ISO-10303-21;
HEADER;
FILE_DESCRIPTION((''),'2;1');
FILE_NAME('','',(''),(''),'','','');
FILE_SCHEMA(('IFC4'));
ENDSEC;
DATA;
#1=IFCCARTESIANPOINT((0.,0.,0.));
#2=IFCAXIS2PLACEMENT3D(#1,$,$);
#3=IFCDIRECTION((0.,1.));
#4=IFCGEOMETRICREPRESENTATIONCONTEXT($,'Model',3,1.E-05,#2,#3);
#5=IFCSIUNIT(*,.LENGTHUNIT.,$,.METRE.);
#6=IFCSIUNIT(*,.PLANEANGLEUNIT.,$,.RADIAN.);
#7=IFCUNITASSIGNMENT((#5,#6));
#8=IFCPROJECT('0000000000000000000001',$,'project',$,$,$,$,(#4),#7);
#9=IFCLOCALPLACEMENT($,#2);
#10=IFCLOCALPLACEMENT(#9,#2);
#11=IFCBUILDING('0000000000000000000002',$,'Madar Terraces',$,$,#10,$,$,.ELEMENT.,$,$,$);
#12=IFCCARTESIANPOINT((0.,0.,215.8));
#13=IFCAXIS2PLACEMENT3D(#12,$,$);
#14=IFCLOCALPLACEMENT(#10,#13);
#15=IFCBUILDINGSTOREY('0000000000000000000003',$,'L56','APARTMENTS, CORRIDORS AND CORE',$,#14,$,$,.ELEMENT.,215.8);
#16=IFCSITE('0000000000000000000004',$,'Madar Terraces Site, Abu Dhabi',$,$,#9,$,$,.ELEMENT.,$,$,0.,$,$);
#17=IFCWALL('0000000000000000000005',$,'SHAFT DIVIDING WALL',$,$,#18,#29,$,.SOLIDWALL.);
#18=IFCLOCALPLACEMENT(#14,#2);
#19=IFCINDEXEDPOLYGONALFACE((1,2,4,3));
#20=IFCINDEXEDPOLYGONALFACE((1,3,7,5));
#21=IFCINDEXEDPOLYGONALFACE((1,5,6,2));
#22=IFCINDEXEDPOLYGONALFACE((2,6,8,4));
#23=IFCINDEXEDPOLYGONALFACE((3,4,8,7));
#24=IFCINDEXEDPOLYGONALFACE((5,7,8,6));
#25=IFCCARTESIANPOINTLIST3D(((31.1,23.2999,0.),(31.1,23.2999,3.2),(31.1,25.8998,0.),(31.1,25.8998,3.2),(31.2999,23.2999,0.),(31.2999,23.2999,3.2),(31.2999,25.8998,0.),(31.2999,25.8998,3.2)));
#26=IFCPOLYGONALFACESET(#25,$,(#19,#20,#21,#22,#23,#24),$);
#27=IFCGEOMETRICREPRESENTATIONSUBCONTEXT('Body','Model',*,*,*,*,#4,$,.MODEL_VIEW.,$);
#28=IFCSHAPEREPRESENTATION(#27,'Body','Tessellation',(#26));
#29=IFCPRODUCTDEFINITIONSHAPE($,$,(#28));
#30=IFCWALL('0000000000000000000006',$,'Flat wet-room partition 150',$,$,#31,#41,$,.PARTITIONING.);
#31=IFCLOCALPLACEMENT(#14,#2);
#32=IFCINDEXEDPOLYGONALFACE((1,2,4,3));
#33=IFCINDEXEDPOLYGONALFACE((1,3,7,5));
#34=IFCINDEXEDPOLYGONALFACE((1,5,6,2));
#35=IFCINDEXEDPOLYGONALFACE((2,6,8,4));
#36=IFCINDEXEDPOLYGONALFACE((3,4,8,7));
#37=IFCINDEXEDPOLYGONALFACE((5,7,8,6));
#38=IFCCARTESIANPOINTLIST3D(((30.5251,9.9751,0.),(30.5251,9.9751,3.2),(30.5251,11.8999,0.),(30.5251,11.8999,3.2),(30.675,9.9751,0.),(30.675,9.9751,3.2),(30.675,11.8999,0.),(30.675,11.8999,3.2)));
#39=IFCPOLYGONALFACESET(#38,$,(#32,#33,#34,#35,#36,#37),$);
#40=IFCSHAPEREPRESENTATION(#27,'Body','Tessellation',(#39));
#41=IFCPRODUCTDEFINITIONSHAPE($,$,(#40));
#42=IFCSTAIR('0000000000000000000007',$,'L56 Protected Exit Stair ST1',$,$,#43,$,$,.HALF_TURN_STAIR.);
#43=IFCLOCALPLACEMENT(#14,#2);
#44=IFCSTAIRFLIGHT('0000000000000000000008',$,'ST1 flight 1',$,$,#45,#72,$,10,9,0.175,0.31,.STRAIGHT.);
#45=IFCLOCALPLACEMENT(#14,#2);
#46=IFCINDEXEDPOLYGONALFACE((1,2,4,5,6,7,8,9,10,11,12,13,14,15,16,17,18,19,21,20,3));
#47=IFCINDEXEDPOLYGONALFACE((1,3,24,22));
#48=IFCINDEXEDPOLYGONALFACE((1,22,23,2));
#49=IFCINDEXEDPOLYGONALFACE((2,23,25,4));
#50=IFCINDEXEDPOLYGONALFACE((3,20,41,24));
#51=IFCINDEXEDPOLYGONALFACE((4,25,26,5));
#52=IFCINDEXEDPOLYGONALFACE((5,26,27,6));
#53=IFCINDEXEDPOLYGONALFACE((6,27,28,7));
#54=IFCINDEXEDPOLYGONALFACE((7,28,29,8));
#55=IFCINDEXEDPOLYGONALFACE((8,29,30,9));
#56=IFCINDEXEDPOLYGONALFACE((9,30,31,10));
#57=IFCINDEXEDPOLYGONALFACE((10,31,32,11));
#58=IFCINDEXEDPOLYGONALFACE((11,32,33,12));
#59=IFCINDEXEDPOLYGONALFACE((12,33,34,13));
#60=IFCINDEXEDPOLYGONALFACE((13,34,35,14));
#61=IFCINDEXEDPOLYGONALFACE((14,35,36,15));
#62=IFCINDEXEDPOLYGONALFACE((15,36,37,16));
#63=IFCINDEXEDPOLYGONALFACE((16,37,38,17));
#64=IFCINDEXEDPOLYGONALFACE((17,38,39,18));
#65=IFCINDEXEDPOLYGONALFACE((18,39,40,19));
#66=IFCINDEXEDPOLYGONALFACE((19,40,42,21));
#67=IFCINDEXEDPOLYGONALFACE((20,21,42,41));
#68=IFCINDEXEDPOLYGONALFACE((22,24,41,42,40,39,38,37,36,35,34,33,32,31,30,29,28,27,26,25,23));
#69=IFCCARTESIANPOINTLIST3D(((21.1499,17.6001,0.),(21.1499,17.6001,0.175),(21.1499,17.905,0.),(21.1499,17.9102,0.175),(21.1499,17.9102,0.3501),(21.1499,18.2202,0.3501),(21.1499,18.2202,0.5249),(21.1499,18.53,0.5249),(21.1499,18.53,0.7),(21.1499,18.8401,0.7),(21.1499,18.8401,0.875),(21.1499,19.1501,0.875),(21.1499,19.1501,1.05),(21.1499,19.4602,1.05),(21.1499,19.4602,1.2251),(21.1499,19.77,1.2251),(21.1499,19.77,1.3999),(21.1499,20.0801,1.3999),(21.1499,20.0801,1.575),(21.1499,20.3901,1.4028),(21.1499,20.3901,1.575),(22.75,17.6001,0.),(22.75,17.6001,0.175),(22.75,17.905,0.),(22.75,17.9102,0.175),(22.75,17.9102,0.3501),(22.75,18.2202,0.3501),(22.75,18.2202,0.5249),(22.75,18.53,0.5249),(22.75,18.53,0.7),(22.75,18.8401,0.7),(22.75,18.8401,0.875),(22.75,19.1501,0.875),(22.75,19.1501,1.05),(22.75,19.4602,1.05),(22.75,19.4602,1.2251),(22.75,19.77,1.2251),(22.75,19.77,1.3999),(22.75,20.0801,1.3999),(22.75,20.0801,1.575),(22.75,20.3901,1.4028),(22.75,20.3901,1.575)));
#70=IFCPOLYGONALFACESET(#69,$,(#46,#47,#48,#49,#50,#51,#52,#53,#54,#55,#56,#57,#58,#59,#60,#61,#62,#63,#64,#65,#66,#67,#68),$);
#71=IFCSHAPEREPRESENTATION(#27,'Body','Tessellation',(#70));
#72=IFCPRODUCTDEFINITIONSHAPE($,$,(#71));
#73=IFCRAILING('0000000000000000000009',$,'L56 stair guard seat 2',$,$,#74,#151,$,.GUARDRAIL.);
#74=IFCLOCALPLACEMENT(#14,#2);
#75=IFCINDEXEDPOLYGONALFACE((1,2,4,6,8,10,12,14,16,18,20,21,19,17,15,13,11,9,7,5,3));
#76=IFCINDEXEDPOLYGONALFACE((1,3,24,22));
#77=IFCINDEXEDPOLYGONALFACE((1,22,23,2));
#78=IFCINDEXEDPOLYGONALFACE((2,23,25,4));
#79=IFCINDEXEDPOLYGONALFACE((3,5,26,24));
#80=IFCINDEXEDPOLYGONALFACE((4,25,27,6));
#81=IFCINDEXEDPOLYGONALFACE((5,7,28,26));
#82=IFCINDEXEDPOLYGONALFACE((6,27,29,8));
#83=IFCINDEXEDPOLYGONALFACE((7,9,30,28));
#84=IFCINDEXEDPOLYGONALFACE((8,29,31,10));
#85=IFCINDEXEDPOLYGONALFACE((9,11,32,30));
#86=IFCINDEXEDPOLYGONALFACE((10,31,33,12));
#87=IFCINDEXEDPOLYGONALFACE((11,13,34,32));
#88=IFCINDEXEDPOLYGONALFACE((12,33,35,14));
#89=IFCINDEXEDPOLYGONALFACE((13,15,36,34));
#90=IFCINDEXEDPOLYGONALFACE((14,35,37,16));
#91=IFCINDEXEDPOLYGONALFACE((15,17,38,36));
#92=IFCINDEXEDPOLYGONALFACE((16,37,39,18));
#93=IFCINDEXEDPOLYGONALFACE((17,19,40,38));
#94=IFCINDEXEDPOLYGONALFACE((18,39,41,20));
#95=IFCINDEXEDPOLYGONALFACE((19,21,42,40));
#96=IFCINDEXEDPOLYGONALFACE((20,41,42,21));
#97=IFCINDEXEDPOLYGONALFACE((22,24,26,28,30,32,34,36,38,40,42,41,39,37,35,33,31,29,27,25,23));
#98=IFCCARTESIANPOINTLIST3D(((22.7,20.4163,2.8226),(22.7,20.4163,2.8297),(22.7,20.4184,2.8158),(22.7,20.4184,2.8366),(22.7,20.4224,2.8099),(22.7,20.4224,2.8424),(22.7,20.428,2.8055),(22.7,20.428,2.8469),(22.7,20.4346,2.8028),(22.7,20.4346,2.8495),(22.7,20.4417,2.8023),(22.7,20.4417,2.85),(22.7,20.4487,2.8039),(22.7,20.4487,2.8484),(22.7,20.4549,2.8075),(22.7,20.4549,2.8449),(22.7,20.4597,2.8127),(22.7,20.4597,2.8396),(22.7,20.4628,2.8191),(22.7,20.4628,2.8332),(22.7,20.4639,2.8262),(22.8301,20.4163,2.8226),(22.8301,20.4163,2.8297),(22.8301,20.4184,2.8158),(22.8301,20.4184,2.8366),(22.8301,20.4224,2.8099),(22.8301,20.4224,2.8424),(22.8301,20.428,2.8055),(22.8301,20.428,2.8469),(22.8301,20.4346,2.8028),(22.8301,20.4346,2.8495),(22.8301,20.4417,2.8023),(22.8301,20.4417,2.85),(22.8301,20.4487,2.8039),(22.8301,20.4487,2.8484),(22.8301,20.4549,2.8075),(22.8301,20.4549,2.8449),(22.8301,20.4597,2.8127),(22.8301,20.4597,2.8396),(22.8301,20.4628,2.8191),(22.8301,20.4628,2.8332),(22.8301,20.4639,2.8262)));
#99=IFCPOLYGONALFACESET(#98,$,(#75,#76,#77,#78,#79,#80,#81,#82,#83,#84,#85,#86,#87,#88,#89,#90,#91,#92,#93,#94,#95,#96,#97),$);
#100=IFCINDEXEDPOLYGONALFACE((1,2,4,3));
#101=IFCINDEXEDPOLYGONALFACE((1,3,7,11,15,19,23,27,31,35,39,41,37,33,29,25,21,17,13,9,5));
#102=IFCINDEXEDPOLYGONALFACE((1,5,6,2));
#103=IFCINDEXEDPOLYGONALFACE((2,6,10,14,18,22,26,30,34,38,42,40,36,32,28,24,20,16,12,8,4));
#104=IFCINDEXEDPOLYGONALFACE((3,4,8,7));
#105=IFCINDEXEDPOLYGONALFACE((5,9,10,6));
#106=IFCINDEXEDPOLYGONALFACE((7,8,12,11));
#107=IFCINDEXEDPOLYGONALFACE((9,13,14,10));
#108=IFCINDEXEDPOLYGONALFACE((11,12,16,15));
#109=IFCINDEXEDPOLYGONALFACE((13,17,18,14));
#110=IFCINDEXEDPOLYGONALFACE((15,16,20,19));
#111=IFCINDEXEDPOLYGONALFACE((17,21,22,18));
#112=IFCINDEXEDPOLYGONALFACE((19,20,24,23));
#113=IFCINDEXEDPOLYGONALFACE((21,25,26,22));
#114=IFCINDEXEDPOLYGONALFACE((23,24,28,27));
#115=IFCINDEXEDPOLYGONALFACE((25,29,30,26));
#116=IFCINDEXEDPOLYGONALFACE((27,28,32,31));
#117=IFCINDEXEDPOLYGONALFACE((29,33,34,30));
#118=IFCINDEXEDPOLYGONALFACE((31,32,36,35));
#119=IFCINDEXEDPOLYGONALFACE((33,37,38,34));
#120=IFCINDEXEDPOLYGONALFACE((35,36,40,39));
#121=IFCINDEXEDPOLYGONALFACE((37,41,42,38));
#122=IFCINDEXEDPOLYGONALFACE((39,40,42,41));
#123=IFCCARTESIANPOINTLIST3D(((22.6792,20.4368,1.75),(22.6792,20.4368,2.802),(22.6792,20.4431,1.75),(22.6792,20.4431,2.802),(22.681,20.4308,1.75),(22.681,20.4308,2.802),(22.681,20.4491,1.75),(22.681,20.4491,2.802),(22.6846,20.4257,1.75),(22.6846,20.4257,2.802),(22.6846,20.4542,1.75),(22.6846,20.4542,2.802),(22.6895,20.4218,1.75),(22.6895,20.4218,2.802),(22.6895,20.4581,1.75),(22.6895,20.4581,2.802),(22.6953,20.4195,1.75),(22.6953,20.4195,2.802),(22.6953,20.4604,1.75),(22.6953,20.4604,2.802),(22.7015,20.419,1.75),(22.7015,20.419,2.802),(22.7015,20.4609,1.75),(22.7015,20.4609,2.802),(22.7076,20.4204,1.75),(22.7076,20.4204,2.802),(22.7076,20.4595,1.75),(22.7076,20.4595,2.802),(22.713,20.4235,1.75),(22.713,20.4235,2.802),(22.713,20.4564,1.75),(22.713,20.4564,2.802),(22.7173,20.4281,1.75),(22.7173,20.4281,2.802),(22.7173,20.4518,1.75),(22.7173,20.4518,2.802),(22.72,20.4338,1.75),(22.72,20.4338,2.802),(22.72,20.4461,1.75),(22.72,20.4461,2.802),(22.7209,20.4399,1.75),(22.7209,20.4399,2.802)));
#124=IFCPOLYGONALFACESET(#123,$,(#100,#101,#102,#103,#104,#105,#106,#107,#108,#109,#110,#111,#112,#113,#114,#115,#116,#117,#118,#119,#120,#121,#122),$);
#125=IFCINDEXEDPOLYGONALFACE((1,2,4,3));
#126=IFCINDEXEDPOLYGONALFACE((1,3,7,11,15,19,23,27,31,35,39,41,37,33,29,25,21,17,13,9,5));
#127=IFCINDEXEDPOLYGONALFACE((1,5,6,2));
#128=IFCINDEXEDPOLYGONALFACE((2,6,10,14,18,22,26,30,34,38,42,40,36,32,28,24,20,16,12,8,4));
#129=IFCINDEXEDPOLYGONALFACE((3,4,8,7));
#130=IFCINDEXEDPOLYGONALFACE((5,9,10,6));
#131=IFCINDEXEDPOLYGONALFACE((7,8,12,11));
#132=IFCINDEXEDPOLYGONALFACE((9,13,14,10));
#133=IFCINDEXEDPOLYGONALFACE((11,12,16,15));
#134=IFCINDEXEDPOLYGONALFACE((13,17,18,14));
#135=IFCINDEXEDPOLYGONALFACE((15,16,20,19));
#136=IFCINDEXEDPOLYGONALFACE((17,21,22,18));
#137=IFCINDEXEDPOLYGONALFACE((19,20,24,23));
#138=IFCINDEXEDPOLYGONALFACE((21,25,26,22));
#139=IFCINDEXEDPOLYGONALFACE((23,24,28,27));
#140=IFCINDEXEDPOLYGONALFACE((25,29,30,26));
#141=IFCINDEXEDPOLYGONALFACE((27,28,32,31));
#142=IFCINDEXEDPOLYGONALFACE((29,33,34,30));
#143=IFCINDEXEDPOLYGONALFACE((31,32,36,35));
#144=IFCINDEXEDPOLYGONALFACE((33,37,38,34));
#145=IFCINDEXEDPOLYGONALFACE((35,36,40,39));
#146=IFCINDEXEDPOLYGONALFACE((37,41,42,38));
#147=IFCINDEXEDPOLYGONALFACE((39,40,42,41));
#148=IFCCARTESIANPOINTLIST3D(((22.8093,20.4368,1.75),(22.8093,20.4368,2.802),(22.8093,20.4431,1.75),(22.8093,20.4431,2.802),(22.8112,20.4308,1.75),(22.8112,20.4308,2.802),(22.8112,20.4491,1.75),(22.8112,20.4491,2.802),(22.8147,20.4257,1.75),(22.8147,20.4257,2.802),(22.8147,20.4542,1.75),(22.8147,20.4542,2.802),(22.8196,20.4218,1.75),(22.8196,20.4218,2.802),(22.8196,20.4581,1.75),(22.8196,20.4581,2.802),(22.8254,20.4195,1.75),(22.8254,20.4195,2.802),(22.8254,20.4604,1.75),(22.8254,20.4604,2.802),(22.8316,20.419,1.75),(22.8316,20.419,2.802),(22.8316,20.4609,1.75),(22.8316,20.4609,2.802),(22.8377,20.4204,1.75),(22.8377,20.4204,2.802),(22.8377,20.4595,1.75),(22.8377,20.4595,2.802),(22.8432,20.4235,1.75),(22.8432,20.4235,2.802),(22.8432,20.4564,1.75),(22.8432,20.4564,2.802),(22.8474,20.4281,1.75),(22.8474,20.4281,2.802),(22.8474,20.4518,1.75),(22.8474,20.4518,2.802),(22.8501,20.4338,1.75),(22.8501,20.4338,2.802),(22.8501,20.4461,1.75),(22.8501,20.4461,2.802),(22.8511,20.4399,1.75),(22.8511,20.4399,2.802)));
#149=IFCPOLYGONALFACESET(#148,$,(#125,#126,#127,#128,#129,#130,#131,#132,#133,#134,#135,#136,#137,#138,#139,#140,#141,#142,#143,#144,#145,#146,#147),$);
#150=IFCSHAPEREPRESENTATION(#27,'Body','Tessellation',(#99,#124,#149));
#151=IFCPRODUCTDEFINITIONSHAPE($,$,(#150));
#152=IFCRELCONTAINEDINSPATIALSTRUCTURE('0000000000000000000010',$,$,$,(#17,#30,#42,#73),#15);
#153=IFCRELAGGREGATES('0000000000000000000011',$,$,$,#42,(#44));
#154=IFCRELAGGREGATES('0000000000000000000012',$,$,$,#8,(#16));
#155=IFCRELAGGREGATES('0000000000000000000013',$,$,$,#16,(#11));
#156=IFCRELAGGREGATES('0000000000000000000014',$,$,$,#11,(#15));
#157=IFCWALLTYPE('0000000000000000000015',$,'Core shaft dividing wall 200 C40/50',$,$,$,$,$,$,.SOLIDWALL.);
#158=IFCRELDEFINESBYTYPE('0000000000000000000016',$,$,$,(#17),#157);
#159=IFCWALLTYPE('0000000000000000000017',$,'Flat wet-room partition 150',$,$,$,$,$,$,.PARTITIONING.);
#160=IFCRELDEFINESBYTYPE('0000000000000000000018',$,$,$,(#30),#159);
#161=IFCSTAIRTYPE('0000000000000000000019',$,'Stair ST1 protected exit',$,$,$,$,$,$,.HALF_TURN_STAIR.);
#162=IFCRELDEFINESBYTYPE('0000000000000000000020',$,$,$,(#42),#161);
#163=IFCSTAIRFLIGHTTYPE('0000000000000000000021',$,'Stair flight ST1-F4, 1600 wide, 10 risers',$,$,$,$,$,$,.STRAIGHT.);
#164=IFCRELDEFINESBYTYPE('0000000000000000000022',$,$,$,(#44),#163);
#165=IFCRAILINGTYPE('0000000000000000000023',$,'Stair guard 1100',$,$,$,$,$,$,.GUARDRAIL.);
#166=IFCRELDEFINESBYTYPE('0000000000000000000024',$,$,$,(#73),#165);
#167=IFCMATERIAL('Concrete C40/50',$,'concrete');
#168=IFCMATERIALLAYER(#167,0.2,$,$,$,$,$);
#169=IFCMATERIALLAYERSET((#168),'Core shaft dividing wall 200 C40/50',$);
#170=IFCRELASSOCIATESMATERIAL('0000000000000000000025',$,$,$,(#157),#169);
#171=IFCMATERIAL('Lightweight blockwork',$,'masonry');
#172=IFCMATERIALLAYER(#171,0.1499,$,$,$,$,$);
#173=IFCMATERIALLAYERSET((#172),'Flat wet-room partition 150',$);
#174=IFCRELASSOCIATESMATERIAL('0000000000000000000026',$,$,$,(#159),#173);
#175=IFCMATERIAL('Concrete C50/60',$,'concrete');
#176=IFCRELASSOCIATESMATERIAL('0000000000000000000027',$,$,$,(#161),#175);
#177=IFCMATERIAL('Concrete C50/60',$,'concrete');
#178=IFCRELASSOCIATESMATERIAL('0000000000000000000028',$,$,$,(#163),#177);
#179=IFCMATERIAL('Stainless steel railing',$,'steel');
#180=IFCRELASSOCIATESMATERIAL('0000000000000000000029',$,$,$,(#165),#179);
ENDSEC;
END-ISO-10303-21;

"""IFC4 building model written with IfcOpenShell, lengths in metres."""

from ifc_helpers import new_model, si_unit, direction, frame, frame_2d, origin, origin_2d, place, context, subcontext, project, spatial, polyline, rectangle, circle, outline, extrude, material, layer, layer_set, type_object, element, aggregate, save


model = new_model("IFC4")

# Units and contexts
model_context = context("Model", 3, precision=1e-05, world=origin(), true_north=direction((0.0, 1.0)))
body_context = subcontext(model_context, "Body", "Model", "MODEL_VIEW")
ifc_project = project(units=[si_unit("LENGTHUNIT", "METRE"), si_unit("PLANEANGLEUNIT", "RADIAN")], contexts=[model_context])

# Site, building, storey
site_placement = place(None, origin())
site = spatial("IfcSite", under=ifc_project, at=site_placement, Name="Madar Terraces Site, Abu Dhabi", CompositionType="ELEMENT", RefElevation=0.0)
building_placement = place(site_placement, origin())
building = spatial("IfcBuilding", under=site, at=building_placement, Name="Madar Terraces", CompositionType="ELEMENT")
storey_placement = place(building_placement, frame((0.0, 0.0, 215.8)))
storey = spatial("IfcBuildingStorey", under=building, at=storey_placement, Name="L56", Description="APARTMENTS, CORRIDORS AND CORE", CompositionType="ELEMENT", Elevation=215.8)

# Walls
ifc_material_1 = material(Name="Concrete C40/50", Category="concrete")
ifc_layer_1 = layer(ifc_material_1, 0.2)
ifc_layer_set_1 = layer_set([ifc_layer_1], Name="Core shaft dividing wall 200 C40/50")
wall_type_1 = type_object("IfcWallType", Name="Core shaft dividing wall 200 C40/50", PredefinedType="SOLIDWALL", material=ifc_layer_set_1)
for number, where, z_axis, x_axis, name in (
    (1, (31.2, 23.3, 0.0), (0.0, 0.0, 1.0), (0.0, 1.0, 0.0), "SHAFT DIVIDING WALL"),
):
    element("IfcWall", number, at=place(storey_placement, frame(where, z_axis=z_axis, x_axis=x_axis)), inside=storey, type_object=wall_type_1, Name=name, PredefinedType="SOLIDWALL", context=body_context, shape_type="SweptSolid", body=[
        extrude(rectangle(XDim=2.5999, YDim=0.2, at=frame_2d((1.2998, 0.0))), origin(), (0.0, 0.0, 1.0), 3.2),
    ])
ifc_material_2 = material(Name="Lightweight blockwork", Category="masonry")
ifc_layer_2 = layer(ifc_material_2, 0.1499)
ifc_layer_set_2 = layer_set([ifc_layer_2], Name="Flat wet-room partition 150")
wall_type_2 = type_object("IfcWallType", Name="Flat wet-room partition 150", PredefinedType="PARTITIONING", material=ifc_layer_set_2)
wall_1_placement = place(storey_placement, frame((30.6001, 11.8999, 0.0), z_axis=(0.0, 0.0, 1.0), x_axis=(0.0, -1.0, 0.0)))
element("IfcWall", 2, at=wall_1_placement, inside=storey, type_object=wall_type_2, Name="Flat wet-room partition 150", PredefinedType="PARTITIONING", context=body_context, shape_type="SweptSolid", body=[
    extrude(rectangle(XDim=1.9248, YDim=0.1499, at=frame_2d((0.9624, 0.0))), origin(), (0.0, 0.0, 1.0), 3.2),
])

# Stair, stair flight
ifc_material_3 = material(Name="Concrete C50/60", Category="concrete")
stair_type = type_object("IfcStairType", Name="Stair ST1 protected exit", PredefinedType="HALF_TURN_STAIR", material=ifc_material_3)
stair_placement = place(storey_placement, origin())
stair = element("IfcStair", 3, at=stair_placement, inside=storey, type_object=stair_type, Name="L56 Protected Exit Stair ST1", PredefinedType="HALF_TURN_STAIR")
ifc_material_4 = material(Name="Concrete C50/60", Category="concrete")
stair_flight_type = type_object("IfcStairFlightType", Name="Stair flight ST1-F4, 1600 wide, 10 risers", PredefinedType="STRAIGHT", material=ifc_material_4)
stair_flight_placement = place(storey_placement, frame((21.95, 17.6001, 0.0), z_axis=(0.0, 0.0, 1.0), x_axis=(0.0, 1.0, 0.0)))
stair_flight = element("IfcStairFlight", 4, at=stair_flight_placement, type_object=stair_flight_type, Name="ST1 flight 1", NumberOfRisers=10, NumberOfTreads=9, PredefinedType="STRAIGHT", RiserHeight=0.175, TreadLength=0.31, context=body_context, shape_type="SweptSolid", body=[
    extrude(outline(polyline([(0.0, 0.0), (0.0, 0.175), (0.3101, 0.175), (0.3101, 0.3501), (0.6201, 0.3501), (0.6201, 0.5249), (0.9299, 0.5249), (0.9299, 0.7), (1.24, 0.7), (1.24, 0.875), (1.55, 0.875), (1.55, 1.05), (1.8601, 1.05), (1.8601, 1.2251), (2.1699, 1.2251), (2.1699, 1.3999), (2.48, 1.3999), (2.48, 1.575), (2.79, 1.575), (2.79, 1.75), (2.79, 1.4028), (0.3049, 0.0), (0.0, 0.0)])), frame((0.0, 0.8, 0.0), z_axis=(0.0, -1.0, 0.0), x_axis=(1.0, 0.0, 0.0)), (0.0, 0.0, 1.0), 1.6001),
])
aggregate(stair, [stair_flight])

# Railing
ifc_material_5 = material(Name="Stainless steel railing", Category="steel")
railing_type_1 = type_object("IfcRailingType", Name="Stair guard 1100", PredefinedType="GUARDRAIL", material=ifc_material_5)
for number, where, name in (
    (5, (22.7, 20.4399, 1.75), "L56 stair guard seat 2"),
):
    element("IfcRailing", number, at=place(storey_placement, frame(where)), inside=storey, type_object=railing_type_1, Name=name, PredefinedType="GUARDRAIL", context=body_context, shape_type="SweptSolid", body=[
        extrude(circle(Radius=0.0239, at=origin_2d()), frame((0.0, 0.0, 1.0762), z_axis=(1.0, 0.0, 0.0), x_axis=(0.0, 1.0, 0.0)), (0.0, 0.0, 1.0), 0.1301),
        extrude(circle(Radius=0.021, at=origin_2d()), origin(), (0.0, 0.0, 1.0), 1.052),
        extrude(circle(Radius=0.021, at=origin_2d()), frame((0.1301, 0.0, 0.0)), (0.0, 0.0, 1.0), 1.052),
    ])

save(model, "model.ifc")
